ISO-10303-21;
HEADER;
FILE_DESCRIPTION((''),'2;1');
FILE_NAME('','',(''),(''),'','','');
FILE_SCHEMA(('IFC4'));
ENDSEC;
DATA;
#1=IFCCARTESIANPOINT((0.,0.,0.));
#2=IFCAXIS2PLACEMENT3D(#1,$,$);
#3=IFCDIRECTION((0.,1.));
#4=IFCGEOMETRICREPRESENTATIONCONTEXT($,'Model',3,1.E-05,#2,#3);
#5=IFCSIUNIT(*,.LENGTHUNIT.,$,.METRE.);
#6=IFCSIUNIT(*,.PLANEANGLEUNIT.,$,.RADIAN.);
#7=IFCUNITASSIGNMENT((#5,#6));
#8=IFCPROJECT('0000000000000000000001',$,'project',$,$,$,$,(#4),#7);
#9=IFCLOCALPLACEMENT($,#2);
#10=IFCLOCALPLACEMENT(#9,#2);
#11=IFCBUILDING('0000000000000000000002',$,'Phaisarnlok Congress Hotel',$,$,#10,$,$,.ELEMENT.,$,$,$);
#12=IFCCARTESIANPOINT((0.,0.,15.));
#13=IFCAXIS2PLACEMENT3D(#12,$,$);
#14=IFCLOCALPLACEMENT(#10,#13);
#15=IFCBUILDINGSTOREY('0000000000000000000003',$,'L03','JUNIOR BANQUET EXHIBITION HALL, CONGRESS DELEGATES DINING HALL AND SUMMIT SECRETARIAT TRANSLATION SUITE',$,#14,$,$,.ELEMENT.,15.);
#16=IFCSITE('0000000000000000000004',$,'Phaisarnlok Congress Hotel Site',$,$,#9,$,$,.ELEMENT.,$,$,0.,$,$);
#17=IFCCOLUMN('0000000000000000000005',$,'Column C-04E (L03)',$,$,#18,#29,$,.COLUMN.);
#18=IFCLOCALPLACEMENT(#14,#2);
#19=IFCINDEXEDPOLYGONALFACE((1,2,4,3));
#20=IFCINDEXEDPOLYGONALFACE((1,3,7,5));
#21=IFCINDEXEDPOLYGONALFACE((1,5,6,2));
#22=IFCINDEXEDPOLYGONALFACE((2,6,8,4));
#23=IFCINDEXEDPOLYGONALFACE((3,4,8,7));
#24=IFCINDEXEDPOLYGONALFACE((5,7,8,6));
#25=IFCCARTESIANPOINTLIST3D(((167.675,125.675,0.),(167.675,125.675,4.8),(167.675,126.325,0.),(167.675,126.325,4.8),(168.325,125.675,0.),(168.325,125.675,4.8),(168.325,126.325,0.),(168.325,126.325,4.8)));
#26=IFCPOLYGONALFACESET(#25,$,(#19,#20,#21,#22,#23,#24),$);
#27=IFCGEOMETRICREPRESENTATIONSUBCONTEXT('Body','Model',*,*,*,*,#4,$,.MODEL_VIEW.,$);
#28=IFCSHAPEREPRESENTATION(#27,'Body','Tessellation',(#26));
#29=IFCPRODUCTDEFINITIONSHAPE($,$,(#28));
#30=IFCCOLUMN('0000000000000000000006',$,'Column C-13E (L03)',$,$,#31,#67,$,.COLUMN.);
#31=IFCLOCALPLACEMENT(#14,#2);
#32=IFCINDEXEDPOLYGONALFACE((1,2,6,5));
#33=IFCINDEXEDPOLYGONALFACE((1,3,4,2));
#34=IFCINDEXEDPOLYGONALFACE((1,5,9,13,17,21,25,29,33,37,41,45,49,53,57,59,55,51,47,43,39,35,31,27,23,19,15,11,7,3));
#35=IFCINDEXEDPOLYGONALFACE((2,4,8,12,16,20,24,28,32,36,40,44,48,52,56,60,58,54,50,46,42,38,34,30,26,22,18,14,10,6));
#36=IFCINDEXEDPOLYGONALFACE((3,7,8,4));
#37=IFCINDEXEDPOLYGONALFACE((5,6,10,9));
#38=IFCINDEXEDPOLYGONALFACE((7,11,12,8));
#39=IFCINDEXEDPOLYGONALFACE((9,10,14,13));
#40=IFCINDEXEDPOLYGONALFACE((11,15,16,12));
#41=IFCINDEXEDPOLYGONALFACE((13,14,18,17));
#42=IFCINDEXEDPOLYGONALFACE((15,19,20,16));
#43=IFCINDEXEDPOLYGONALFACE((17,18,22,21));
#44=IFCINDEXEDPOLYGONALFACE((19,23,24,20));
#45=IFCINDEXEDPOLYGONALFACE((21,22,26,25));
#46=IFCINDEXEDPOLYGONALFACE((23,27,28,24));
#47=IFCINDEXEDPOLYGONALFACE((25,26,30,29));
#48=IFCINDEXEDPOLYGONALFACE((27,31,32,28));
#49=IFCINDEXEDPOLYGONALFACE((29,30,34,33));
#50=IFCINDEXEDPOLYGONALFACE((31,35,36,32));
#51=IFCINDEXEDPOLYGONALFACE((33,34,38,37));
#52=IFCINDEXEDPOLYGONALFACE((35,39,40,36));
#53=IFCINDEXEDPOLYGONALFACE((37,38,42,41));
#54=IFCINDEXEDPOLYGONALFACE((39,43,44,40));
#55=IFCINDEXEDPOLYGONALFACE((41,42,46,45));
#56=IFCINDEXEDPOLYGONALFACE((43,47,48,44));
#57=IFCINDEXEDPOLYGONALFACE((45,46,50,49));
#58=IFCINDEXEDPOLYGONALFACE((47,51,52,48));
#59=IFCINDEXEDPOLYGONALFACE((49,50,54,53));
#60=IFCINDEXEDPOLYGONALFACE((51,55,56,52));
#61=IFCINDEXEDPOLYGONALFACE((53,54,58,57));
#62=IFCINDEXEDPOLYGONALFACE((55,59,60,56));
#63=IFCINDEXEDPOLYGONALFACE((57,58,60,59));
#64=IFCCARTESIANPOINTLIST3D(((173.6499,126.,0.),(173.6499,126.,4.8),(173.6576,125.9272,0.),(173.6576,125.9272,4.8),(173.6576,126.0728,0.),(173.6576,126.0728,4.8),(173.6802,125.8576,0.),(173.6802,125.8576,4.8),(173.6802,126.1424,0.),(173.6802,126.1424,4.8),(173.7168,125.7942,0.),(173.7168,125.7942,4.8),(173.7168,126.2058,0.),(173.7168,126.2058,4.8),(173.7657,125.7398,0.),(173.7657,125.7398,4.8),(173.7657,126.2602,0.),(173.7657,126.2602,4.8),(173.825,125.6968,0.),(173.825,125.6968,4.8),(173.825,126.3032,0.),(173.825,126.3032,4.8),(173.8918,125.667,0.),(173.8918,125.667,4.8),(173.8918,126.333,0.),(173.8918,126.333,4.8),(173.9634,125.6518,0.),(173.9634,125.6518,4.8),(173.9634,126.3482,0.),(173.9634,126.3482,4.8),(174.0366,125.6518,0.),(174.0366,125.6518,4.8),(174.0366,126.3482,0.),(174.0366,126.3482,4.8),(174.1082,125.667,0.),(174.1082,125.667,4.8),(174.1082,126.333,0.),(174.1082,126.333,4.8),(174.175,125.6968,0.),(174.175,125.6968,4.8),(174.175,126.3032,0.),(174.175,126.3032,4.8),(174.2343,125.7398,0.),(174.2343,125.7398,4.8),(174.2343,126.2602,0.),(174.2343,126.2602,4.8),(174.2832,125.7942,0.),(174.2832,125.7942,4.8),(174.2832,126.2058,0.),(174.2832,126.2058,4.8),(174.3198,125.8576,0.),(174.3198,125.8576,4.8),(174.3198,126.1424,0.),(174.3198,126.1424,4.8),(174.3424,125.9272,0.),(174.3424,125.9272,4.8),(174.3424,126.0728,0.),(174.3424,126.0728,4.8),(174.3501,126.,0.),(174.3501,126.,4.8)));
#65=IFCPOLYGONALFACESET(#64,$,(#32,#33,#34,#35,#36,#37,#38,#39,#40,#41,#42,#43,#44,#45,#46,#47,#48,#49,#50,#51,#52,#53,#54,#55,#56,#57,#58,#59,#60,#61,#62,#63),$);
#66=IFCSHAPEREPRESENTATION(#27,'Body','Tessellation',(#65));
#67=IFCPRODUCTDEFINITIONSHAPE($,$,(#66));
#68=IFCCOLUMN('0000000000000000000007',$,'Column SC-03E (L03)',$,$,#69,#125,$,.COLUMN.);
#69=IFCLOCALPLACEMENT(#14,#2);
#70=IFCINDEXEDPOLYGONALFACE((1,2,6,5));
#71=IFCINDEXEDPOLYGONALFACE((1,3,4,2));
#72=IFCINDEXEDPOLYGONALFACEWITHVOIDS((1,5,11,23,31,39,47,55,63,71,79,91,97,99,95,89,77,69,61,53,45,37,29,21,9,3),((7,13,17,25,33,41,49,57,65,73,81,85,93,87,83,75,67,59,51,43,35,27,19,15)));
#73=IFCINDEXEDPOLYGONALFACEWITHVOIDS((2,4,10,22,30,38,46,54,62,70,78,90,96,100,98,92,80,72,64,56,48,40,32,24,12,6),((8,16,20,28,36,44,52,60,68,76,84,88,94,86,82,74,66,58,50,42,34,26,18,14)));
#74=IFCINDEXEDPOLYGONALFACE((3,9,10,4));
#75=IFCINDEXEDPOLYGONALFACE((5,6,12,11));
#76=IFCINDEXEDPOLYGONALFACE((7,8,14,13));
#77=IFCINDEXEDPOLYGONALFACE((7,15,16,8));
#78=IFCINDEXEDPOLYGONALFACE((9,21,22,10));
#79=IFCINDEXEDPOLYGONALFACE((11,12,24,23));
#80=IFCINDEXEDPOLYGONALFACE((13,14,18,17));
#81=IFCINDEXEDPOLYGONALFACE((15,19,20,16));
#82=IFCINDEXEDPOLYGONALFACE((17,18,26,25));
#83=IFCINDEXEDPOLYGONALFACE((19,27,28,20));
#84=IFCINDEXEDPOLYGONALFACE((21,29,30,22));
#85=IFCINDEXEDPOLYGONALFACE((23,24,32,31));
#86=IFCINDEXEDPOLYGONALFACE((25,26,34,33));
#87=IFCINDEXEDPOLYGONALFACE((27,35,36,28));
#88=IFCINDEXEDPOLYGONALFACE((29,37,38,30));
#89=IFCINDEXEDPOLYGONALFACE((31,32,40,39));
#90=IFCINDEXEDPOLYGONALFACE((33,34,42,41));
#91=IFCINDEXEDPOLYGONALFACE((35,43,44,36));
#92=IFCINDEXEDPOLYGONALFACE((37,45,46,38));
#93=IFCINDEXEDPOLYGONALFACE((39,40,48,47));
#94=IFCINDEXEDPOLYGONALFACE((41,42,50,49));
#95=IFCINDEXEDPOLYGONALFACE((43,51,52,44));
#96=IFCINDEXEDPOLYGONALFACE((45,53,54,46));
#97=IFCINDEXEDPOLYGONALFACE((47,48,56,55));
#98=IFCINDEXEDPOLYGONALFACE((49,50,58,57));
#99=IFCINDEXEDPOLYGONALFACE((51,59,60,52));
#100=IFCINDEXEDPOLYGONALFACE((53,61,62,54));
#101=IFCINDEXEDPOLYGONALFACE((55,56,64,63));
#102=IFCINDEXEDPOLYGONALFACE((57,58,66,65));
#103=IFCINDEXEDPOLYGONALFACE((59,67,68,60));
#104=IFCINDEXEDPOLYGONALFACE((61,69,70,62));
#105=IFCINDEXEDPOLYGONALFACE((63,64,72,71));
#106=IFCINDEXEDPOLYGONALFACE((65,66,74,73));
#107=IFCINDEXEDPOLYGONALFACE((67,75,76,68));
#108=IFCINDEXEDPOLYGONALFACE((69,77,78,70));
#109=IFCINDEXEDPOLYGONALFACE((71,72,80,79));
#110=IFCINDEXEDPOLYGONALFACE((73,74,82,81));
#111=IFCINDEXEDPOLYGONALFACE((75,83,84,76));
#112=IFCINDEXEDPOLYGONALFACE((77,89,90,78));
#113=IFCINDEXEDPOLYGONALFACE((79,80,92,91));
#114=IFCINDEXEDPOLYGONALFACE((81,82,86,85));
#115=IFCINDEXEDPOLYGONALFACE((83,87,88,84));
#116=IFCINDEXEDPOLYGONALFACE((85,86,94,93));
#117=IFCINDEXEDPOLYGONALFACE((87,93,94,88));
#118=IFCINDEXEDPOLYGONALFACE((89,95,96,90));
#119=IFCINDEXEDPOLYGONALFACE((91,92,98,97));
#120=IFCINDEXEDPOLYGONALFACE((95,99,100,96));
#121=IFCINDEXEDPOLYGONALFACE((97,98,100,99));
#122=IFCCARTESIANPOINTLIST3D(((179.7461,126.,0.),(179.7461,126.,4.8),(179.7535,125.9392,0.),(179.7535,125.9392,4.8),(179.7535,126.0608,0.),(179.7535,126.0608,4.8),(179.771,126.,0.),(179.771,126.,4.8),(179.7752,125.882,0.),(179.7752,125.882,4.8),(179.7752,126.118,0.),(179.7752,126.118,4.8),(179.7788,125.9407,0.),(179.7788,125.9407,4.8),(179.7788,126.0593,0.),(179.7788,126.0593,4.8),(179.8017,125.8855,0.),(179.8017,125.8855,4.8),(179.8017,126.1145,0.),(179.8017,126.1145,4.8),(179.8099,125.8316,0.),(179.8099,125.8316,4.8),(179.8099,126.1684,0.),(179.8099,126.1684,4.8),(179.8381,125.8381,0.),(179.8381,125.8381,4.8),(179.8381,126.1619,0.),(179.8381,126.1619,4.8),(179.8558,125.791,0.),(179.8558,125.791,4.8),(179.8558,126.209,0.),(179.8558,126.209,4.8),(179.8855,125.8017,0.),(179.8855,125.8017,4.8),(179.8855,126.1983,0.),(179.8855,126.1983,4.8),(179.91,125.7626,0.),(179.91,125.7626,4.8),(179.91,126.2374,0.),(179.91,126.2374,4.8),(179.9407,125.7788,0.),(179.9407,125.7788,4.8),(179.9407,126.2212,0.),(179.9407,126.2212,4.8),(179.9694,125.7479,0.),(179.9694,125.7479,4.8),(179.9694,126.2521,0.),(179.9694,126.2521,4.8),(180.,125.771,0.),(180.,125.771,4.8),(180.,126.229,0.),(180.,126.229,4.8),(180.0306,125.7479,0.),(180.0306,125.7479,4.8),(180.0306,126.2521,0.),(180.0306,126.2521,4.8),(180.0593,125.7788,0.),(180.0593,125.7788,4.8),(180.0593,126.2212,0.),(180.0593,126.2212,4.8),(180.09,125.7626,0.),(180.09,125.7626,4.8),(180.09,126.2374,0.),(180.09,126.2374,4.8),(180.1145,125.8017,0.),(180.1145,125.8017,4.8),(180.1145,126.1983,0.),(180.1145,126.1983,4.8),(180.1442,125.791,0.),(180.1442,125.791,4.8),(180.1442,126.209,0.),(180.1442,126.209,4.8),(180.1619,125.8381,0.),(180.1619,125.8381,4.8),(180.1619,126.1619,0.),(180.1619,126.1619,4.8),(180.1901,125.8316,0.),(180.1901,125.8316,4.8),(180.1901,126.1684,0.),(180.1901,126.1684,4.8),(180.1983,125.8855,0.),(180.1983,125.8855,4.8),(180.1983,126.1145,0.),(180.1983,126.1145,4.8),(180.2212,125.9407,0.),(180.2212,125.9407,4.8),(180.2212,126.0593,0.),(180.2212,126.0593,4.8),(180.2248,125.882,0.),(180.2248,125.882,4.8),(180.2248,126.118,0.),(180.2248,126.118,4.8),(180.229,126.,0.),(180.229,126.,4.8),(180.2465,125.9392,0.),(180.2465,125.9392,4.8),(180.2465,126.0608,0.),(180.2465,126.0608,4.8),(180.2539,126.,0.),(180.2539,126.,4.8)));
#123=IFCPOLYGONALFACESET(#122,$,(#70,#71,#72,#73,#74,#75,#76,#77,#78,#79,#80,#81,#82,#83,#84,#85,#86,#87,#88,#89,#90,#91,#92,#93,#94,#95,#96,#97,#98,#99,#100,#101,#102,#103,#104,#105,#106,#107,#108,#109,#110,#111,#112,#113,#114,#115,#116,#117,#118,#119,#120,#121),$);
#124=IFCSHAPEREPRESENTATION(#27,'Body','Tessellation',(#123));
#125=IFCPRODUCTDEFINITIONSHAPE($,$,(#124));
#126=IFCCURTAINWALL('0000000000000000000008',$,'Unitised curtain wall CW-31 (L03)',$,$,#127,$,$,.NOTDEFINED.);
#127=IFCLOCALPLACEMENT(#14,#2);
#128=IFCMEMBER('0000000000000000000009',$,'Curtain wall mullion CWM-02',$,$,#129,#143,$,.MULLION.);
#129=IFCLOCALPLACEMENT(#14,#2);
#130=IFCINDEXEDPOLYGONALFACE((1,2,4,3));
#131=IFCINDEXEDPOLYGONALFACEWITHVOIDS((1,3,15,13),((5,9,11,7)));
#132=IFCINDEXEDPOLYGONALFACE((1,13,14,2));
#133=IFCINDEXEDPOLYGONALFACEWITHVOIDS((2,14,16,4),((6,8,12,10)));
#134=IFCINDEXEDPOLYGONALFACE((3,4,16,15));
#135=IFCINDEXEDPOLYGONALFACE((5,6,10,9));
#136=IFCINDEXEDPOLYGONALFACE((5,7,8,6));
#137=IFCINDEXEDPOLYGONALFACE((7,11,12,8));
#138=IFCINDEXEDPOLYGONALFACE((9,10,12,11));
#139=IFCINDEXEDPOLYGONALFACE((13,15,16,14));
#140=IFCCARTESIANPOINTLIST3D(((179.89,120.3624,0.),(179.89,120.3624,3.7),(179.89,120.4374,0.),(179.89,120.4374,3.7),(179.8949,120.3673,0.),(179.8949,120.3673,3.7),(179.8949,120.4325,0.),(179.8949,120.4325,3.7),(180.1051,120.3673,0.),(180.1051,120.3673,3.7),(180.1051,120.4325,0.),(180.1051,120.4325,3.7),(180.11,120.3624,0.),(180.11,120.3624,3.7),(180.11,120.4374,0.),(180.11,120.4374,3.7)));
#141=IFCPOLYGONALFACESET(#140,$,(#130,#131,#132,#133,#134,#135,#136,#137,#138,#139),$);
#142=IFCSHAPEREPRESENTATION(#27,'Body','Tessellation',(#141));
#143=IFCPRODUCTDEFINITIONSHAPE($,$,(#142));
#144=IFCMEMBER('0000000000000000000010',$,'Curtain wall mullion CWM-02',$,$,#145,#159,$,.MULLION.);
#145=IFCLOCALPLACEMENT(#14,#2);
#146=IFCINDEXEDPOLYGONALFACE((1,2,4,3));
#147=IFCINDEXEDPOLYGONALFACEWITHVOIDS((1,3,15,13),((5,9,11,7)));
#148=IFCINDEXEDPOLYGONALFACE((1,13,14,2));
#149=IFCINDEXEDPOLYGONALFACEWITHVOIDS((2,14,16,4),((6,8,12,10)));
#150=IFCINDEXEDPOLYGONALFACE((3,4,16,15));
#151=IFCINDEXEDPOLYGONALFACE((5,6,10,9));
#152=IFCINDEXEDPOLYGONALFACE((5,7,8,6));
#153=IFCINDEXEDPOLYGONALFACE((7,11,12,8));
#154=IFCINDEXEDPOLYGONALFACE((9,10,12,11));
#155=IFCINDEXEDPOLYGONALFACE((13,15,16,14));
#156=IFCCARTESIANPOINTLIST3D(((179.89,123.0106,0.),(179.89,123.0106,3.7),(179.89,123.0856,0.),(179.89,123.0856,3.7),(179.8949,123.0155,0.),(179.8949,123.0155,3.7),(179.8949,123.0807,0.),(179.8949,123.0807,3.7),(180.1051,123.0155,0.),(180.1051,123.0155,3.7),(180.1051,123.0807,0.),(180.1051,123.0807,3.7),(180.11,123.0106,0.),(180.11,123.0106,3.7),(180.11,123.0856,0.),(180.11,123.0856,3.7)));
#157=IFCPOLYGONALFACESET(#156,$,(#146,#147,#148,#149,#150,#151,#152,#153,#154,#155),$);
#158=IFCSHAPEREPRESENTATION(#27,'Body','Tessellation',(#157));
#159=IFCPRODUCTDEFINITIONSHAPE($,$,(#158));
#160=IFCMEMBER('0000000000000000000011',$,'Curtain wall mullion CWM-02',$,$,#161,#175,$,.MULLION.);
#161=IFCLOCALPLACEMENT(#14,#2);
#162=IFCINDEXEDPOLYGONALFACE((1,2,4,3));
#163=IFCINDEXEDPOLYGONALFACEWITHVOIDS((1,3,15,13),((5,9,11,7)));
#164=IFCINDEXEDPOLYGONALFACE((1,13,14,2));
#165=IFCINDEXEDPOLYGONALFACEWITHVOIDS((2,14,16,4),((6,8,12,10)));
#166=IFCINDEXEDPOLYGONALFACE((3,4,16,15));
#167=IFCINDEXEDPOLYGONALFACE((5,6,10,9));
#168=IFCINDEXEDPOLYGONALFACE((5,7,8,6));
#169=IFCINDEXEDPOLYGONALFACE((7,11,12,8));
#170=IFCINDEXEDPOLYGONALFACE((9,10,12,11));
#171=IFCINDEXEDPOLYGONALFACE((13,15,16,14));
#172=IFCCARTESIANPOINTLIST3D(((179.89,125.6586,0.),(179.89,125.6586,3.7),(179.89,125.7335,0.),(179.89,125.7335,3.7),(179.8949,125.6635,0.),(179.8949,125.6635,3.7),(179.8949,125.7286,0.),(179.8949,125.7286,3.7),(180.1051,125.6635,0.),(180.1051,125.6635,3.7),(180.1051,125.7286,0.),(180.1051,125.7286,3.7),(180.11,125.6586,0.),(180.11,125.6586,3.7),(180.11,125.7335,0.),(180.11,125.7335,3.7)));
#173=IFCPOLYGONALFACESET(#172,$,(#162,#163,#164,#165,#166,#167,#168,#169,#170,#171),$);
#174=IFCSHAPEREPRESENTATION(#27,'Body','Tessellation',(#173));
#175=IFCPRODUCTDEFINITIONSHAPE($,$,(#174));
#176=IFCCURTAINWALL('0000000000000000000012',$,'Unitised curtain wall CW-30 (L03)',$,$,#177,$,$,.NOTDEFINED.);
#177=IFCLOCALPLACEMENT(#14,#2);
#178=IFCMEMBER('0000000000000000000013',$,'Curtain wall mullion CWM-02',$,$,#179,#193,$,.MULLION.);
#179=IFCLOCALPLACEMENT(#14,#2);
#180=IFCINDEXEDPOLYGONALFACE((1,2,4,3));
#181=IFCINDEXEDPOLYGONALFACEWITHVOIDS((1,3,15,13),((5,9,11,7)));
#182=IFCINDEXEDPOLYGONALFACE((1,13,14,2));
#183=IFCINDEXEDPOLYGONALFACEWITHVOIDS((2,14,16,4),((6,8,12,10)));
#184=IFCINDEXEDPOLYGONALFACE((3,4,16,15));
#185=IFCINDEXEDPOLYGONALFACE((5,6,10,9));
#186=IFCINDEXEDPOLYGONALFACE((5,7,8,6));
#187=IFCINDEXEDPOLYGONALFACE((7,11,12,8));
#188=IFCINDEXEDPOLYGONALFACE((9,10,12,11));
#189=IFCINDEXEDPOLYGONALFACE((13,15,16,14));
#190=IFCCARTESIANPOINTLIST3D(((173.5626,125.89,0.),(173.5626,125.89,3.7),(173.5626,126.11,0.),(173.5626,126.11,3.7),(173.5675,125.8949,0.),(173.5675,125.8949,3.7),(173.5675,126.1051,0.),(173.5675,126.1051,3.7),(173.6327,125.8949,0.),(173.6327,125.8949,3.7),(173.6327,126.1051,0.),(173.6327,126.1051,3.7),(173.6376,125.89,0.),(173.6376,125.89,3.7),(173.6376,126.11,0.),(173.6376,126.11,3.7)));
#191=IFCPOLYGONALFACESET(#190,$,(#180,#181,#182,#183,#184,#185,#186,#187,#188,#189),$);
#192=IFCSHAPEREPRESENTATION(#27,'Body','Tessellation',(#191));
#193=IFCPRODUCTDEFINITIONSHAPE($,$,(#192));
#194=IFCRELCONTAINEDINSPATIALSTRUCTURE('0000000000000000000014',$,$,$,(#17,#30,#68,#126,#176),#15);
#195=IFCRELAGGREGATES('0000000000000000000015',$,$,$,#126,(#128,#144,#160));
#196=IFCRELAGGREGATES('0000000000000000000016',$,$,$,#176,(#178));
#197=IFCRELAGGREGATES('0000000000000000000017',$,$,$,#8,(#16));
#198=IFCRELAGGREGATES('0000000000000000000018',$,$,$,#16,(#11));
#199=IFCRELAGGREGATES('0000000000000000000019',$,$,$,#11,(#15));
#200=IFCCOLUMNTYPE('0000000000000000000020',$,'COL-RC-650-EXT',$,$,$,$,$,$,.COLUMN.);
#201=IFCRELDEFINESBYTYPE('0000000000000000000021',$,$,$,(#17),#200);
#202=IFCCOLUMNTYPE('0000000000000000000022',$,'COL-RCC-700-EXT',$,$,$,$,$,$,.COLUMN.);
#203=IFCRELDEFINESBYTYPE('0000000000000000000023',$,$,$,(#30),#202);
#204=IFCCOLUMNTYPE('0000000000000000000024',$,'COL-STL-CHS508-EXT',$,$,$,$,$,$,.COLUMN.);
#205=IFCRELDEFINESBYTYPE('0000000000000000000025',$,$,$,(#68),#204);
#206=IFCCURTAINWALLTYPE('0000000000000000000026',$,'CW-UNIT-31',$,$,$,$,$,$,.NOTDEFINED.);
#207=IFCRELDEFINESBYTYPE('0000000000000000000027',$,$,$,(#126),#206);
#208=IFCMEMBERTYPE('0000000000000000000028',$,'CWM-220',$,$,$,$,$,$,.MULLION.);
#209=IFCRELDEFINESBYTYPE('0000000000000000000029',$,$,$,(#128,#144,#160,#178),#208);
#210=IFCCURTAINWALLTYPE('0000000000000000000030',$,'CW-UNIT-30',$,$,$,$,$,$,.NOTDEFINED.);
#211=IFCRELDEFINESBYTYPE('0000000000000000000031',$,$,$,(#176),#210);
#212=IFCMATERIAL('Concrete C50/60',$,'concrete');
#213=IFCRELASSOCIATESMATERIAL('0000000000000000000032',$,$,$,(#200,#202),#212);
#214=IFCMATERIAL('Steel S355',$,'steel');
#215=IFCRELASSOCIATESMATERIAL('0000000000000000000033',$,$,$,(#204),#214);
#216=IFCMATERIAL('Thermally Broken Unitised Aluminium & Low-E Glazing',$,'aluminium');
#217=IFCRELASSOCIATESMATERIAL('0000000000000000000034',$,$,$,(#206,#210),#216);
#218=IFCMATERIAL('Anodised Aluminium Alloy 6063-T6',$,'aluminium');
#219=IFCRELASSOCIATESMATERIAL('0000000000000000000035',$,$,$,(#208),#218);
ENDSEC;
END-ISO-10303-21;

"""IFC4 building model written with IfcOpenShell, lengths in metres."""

from ifc_helpers import new_model, si_unit, direction, frame, origin, origin_2d, place, context, subcontext, project, spatial, rectangle, hollow_rectangle, circle, hollow_circle, extrude, material, material_profile, profile_set, type_object, element, aggregate, save


model = new_model("IFC4")

# Units and contexts
model_context = context("Model", 3, precision=1e-05, world=origin(), true_north=direction((0.0, 1.0)))
body_context = subcontext(model_context, "Body", "Model", "MODEL_VIEW")
ifc_project = project(units=[si_unit("LENGTHUNIT", "METRE"), si_unit("PLANEANGLEUNIT", "RADIAN")], contexts=[model_context])

# Site, building, storey
site_placement = place(None, origin())
site = spatial("IfcSite", under=ifc_project, at=site_placement, Name="Phaisarnlok Congress Hotel Site", CompositionType="ELEMENT", RefElevation=0.0)
building_placement = place(site_placement, origin())
building = spatial("IfcBuilding", under=site, at=building_placement, Name="Phaisarnlok Congress Hotel", CompositionType="ELEMENT")
storey_placement = place(building_placement, frame((0.0, 0.0, 15.0)))
storey = spatial("IfcBuildingStorey", under=building, at=storey_placement, Name="L03", Description="JUNIOR BANQUET EXHIBITION HALL, CONGRESS DELEGATES DINING HALL AND SUMMIT SECRETARIAT TRANSLATION SUITE", CompositionType="ELEMENT", Elevation=15.0)

# Columns
ifc_material_1 = material(Name="Concrete C50/60", Category="concrete")
ifc_material_profile_1 = material_profile(ifc_material_1, rectangle(XDim=0.6499, YDim=0.6499, at=origin_2d()), Name="RC 650x650")
ifc_profile_set_1 = profile_set([ifc_material_profile_1], Name="Concrete C50/60")
column_type_1 = type_object("IfcColumnType", Name="COL-RC-650-EXT", PredefinedType="COLUMN", material=ifc_profile_set_1)
column_1_placement = place(storey_placement, frame((168.0, 126.0, 0.0), z_axis=(0.0, 0.0, 1.0), x_axis=(1.0, 0.0, 0.0)))
element("IfcColumn", 1, at=column_1_placement, inside=storey, type_object=column_type_1, Name="Column C-04E (L03)", PredefinedType="COLUMN", context=body_context, shape_type="SweptSolid", body=[
    extrude(rectangle(XDim=0.6499, YDim=0.6499, at=origin_2d()), origin(), (0.0, 0.0, 1.0), 4.8),
])
ifc_material_profile_2 = material_profile(ifc_material_1, circle(Radius=0.3501, at=origin_2d()), Name="RCC D700")
ifc_profile_set_2 = profile_set([ifc_material_profile_2], Name="Concrete C50/60")
column_type_2 = type_object("IfcColumnType", Name="COL-RCC-700-EXT", PredefinedType="COLUMN", material=ifc_profile_set_2)
column_2_placement = place(storey_placement, frame((174.0, 126.0, 0.0), z_axis=(0.0, 0.0, 1.0), x_axis=(1.0, 0.0, 0.0)))
element("IfcColumn", 2, at=column_2_placement, inside=storey, type_object=column_type_2, Name="Column C-13E (L03)", PredefinedType="COLUMN", context=body_context, shape_type="SweptSolid", body=[
    extrude(circle(Radius=0.3501, at=origin_2d()), origin(), (0.0, 0.0, 1.0), 4.8),
])
ifc_material_2 = material(Name="Steel S355", Category="steel")
ifc_material_profile_3 = material_profile(ifc_material_2, hollow_circle(Radius=0.2539, WallThickness=0.0249, at=origin_2d()), Name="CHS 508x25")
ifc_profile_set_3 = profile_set([ifc_material_profile_3], Name="Steel S355")
column_type_3 = type_object("IfcColumnType", Name="COL-STL-CHS508-EXT", PredefinedType="COLUMN", material=ifc_profile_set_3)
column_3_placement = place(storey_placement, frame((180.0, 126.0, 0.0), z_axis=(0.0, 0.0, 1.0), x_axis=(1.0, 0.0, 0.0)))
element("IfcColumn", 3, at=column_3_placement, inside=storey, type_object=column_type_3, Name="Column SC-03E (L03)", PredefinedType="COLUMN", context=body_context, shape_type="SweptSolid", body=[
    extrude(hollow_circle(Radius=0.2539, WallThickness=0.0249, at=origin_2d()), origin(), (0.0, 0.0, 1.0), 4.8),
])

# Curtain walls, members
ifc_material_3 = material(Name="Thermally Broken Unitised Aluminium & Low-E Glazing", Category="aluminium")
curtain_wall_type_1 = type_object("IfcCurtainWallType", Name="CW-UNIT-31", PredefinedType="NOTDEFINED", material=ifc_material_3)
curtain_wall_1_placement = place(storey_placement, origin())
curtain_wall_1 = element("IfcCurtainWall", 4, at=curtain_wall_1_placement, inside=storey, type_object=curtain_wall_type_1, Name="Unitised curtain wall CW-31 (L03)", PredefinedType="NOTDEFINED")
ifc_material_4 = material(Name="Anodised Aluminium Alloy 6063-T6", Category="aluminium")
ifc_material_profile_4 = material_profile(ifc_material_4, hollow_rectangle(XDim=0.075, YDim=0.22, WallThickness=0.0049, at=origin_2d()), Name="ALU-M 75x220x5")
ifc_profile_set_4 = profile_set([ifc_material_profile_4], Name="Anodised Aluminium Alloy 6063-T6")
member_type_1 = type_object("IfcMemberType", Name="CWM-220", PredefinedType="MULLION", material=ifc_profile_set_4)
member_1_placement = place(storey_placement, frame((180.0, 120.3999, 0.0), z_axis=(0.0, 0.0, 1.0), x_axis=(0.0, 1.0, 0.0)))
member_1 = element("IfcMember", 5, at=member_1_placement, type_object=member_type_1, Name="Curtain wall mullion CWM-02", PredefinedType="MULLION", context=body_context, shape_type="SweptSolid", body=[
    extrude(hollow_rectangle(XDim=0.075, YDim=0.22, WallThickness=0.0049, at=origin_2d()), origin(), (0.0, 0.0, 1.0), 3.7),
])
member_2_placement = place(storey_placement, frame((180.0, 123.0481, 0.0), z_axis=(0.0, 0.0, 1.0), x_axis=(0.0, 1.0, 0.0)))
member_2 = element("IfcMember", 6, at=member_2_placement, type_object=member_type_1, Name="Curtain wall mullion CWM-02", PredefinedType="MULLION", context=body_context, shape_type="SweptSolid", body=[
    extrude(hollow_rectangle(XDim=0.075, YDim=0.22, WallThickness=0.0049, at=origin_2d()), origin(), (0.0, 0.0, 1.0), 3.7),
])
member_3_placement = place(storey_placement, frame((180.0, 125.696, 0.0), z_axis=(0.0, 0.0, 1.0), x_axis=(0.0, 1.0, 0.0)))
member_3 = element("IfcMember", 7, at=member_3_placement, type_object=member_type_1, Name="Curtain wall mullion CWM-02", PredefinedType="MULLION", context=body_context, shape_type="SweptSolid", body=[
    extrude(hollow_rectangle(XDim=0.075, YDim=0.22, WallThickness=0.0049, at=origin_2d()), origin(), (0.0, 0.0, 1.0), 3.7),
])
curtain_wall_type_2 = type_object("IfcCurtainWallType", Name="CW-UNIT-30", PredefinedType="NOTDEFINED", material=ifc_material_3)
curtain_wall_2_placement = place(storey_placement, origin())
curtain_wall_2 = element("IfcCurtainWall", 8, at=curtain_wall_2_placement, inside=storey, type_object=curtain_wall_type_2, Name="Unitised curtain wall CW-30 (L03)", PredefinedType="NOTDEFINED")
member_4_placement = place(storey_placement, frame((173.6001, 126.0, 0.0), z_axis=(0.0, 0.0, 1.0), x_axis=(-1.0, 0.0, 0.0)))
member_4 = element("IfcMember", 9, at=member_4_placement, type_object=member_type_1, Name="Curtain wall mullion CWM-02", PredefinedType="MULLION", context=body_context, shape_type="SweptSolid", body=[
    extrude(hollow_rectangle(XDim=0.075, YDim=0.22, WallThickness=0.0049, at=origin_2d()), origin(), (0.0, 0.0, 1.0), 3.7),
])

aggregate(curtain_wall_1, [member_1, member_2, member_3])
aggregate(curtain_wall_2, [member_4])

save(model, "model.ifc")
